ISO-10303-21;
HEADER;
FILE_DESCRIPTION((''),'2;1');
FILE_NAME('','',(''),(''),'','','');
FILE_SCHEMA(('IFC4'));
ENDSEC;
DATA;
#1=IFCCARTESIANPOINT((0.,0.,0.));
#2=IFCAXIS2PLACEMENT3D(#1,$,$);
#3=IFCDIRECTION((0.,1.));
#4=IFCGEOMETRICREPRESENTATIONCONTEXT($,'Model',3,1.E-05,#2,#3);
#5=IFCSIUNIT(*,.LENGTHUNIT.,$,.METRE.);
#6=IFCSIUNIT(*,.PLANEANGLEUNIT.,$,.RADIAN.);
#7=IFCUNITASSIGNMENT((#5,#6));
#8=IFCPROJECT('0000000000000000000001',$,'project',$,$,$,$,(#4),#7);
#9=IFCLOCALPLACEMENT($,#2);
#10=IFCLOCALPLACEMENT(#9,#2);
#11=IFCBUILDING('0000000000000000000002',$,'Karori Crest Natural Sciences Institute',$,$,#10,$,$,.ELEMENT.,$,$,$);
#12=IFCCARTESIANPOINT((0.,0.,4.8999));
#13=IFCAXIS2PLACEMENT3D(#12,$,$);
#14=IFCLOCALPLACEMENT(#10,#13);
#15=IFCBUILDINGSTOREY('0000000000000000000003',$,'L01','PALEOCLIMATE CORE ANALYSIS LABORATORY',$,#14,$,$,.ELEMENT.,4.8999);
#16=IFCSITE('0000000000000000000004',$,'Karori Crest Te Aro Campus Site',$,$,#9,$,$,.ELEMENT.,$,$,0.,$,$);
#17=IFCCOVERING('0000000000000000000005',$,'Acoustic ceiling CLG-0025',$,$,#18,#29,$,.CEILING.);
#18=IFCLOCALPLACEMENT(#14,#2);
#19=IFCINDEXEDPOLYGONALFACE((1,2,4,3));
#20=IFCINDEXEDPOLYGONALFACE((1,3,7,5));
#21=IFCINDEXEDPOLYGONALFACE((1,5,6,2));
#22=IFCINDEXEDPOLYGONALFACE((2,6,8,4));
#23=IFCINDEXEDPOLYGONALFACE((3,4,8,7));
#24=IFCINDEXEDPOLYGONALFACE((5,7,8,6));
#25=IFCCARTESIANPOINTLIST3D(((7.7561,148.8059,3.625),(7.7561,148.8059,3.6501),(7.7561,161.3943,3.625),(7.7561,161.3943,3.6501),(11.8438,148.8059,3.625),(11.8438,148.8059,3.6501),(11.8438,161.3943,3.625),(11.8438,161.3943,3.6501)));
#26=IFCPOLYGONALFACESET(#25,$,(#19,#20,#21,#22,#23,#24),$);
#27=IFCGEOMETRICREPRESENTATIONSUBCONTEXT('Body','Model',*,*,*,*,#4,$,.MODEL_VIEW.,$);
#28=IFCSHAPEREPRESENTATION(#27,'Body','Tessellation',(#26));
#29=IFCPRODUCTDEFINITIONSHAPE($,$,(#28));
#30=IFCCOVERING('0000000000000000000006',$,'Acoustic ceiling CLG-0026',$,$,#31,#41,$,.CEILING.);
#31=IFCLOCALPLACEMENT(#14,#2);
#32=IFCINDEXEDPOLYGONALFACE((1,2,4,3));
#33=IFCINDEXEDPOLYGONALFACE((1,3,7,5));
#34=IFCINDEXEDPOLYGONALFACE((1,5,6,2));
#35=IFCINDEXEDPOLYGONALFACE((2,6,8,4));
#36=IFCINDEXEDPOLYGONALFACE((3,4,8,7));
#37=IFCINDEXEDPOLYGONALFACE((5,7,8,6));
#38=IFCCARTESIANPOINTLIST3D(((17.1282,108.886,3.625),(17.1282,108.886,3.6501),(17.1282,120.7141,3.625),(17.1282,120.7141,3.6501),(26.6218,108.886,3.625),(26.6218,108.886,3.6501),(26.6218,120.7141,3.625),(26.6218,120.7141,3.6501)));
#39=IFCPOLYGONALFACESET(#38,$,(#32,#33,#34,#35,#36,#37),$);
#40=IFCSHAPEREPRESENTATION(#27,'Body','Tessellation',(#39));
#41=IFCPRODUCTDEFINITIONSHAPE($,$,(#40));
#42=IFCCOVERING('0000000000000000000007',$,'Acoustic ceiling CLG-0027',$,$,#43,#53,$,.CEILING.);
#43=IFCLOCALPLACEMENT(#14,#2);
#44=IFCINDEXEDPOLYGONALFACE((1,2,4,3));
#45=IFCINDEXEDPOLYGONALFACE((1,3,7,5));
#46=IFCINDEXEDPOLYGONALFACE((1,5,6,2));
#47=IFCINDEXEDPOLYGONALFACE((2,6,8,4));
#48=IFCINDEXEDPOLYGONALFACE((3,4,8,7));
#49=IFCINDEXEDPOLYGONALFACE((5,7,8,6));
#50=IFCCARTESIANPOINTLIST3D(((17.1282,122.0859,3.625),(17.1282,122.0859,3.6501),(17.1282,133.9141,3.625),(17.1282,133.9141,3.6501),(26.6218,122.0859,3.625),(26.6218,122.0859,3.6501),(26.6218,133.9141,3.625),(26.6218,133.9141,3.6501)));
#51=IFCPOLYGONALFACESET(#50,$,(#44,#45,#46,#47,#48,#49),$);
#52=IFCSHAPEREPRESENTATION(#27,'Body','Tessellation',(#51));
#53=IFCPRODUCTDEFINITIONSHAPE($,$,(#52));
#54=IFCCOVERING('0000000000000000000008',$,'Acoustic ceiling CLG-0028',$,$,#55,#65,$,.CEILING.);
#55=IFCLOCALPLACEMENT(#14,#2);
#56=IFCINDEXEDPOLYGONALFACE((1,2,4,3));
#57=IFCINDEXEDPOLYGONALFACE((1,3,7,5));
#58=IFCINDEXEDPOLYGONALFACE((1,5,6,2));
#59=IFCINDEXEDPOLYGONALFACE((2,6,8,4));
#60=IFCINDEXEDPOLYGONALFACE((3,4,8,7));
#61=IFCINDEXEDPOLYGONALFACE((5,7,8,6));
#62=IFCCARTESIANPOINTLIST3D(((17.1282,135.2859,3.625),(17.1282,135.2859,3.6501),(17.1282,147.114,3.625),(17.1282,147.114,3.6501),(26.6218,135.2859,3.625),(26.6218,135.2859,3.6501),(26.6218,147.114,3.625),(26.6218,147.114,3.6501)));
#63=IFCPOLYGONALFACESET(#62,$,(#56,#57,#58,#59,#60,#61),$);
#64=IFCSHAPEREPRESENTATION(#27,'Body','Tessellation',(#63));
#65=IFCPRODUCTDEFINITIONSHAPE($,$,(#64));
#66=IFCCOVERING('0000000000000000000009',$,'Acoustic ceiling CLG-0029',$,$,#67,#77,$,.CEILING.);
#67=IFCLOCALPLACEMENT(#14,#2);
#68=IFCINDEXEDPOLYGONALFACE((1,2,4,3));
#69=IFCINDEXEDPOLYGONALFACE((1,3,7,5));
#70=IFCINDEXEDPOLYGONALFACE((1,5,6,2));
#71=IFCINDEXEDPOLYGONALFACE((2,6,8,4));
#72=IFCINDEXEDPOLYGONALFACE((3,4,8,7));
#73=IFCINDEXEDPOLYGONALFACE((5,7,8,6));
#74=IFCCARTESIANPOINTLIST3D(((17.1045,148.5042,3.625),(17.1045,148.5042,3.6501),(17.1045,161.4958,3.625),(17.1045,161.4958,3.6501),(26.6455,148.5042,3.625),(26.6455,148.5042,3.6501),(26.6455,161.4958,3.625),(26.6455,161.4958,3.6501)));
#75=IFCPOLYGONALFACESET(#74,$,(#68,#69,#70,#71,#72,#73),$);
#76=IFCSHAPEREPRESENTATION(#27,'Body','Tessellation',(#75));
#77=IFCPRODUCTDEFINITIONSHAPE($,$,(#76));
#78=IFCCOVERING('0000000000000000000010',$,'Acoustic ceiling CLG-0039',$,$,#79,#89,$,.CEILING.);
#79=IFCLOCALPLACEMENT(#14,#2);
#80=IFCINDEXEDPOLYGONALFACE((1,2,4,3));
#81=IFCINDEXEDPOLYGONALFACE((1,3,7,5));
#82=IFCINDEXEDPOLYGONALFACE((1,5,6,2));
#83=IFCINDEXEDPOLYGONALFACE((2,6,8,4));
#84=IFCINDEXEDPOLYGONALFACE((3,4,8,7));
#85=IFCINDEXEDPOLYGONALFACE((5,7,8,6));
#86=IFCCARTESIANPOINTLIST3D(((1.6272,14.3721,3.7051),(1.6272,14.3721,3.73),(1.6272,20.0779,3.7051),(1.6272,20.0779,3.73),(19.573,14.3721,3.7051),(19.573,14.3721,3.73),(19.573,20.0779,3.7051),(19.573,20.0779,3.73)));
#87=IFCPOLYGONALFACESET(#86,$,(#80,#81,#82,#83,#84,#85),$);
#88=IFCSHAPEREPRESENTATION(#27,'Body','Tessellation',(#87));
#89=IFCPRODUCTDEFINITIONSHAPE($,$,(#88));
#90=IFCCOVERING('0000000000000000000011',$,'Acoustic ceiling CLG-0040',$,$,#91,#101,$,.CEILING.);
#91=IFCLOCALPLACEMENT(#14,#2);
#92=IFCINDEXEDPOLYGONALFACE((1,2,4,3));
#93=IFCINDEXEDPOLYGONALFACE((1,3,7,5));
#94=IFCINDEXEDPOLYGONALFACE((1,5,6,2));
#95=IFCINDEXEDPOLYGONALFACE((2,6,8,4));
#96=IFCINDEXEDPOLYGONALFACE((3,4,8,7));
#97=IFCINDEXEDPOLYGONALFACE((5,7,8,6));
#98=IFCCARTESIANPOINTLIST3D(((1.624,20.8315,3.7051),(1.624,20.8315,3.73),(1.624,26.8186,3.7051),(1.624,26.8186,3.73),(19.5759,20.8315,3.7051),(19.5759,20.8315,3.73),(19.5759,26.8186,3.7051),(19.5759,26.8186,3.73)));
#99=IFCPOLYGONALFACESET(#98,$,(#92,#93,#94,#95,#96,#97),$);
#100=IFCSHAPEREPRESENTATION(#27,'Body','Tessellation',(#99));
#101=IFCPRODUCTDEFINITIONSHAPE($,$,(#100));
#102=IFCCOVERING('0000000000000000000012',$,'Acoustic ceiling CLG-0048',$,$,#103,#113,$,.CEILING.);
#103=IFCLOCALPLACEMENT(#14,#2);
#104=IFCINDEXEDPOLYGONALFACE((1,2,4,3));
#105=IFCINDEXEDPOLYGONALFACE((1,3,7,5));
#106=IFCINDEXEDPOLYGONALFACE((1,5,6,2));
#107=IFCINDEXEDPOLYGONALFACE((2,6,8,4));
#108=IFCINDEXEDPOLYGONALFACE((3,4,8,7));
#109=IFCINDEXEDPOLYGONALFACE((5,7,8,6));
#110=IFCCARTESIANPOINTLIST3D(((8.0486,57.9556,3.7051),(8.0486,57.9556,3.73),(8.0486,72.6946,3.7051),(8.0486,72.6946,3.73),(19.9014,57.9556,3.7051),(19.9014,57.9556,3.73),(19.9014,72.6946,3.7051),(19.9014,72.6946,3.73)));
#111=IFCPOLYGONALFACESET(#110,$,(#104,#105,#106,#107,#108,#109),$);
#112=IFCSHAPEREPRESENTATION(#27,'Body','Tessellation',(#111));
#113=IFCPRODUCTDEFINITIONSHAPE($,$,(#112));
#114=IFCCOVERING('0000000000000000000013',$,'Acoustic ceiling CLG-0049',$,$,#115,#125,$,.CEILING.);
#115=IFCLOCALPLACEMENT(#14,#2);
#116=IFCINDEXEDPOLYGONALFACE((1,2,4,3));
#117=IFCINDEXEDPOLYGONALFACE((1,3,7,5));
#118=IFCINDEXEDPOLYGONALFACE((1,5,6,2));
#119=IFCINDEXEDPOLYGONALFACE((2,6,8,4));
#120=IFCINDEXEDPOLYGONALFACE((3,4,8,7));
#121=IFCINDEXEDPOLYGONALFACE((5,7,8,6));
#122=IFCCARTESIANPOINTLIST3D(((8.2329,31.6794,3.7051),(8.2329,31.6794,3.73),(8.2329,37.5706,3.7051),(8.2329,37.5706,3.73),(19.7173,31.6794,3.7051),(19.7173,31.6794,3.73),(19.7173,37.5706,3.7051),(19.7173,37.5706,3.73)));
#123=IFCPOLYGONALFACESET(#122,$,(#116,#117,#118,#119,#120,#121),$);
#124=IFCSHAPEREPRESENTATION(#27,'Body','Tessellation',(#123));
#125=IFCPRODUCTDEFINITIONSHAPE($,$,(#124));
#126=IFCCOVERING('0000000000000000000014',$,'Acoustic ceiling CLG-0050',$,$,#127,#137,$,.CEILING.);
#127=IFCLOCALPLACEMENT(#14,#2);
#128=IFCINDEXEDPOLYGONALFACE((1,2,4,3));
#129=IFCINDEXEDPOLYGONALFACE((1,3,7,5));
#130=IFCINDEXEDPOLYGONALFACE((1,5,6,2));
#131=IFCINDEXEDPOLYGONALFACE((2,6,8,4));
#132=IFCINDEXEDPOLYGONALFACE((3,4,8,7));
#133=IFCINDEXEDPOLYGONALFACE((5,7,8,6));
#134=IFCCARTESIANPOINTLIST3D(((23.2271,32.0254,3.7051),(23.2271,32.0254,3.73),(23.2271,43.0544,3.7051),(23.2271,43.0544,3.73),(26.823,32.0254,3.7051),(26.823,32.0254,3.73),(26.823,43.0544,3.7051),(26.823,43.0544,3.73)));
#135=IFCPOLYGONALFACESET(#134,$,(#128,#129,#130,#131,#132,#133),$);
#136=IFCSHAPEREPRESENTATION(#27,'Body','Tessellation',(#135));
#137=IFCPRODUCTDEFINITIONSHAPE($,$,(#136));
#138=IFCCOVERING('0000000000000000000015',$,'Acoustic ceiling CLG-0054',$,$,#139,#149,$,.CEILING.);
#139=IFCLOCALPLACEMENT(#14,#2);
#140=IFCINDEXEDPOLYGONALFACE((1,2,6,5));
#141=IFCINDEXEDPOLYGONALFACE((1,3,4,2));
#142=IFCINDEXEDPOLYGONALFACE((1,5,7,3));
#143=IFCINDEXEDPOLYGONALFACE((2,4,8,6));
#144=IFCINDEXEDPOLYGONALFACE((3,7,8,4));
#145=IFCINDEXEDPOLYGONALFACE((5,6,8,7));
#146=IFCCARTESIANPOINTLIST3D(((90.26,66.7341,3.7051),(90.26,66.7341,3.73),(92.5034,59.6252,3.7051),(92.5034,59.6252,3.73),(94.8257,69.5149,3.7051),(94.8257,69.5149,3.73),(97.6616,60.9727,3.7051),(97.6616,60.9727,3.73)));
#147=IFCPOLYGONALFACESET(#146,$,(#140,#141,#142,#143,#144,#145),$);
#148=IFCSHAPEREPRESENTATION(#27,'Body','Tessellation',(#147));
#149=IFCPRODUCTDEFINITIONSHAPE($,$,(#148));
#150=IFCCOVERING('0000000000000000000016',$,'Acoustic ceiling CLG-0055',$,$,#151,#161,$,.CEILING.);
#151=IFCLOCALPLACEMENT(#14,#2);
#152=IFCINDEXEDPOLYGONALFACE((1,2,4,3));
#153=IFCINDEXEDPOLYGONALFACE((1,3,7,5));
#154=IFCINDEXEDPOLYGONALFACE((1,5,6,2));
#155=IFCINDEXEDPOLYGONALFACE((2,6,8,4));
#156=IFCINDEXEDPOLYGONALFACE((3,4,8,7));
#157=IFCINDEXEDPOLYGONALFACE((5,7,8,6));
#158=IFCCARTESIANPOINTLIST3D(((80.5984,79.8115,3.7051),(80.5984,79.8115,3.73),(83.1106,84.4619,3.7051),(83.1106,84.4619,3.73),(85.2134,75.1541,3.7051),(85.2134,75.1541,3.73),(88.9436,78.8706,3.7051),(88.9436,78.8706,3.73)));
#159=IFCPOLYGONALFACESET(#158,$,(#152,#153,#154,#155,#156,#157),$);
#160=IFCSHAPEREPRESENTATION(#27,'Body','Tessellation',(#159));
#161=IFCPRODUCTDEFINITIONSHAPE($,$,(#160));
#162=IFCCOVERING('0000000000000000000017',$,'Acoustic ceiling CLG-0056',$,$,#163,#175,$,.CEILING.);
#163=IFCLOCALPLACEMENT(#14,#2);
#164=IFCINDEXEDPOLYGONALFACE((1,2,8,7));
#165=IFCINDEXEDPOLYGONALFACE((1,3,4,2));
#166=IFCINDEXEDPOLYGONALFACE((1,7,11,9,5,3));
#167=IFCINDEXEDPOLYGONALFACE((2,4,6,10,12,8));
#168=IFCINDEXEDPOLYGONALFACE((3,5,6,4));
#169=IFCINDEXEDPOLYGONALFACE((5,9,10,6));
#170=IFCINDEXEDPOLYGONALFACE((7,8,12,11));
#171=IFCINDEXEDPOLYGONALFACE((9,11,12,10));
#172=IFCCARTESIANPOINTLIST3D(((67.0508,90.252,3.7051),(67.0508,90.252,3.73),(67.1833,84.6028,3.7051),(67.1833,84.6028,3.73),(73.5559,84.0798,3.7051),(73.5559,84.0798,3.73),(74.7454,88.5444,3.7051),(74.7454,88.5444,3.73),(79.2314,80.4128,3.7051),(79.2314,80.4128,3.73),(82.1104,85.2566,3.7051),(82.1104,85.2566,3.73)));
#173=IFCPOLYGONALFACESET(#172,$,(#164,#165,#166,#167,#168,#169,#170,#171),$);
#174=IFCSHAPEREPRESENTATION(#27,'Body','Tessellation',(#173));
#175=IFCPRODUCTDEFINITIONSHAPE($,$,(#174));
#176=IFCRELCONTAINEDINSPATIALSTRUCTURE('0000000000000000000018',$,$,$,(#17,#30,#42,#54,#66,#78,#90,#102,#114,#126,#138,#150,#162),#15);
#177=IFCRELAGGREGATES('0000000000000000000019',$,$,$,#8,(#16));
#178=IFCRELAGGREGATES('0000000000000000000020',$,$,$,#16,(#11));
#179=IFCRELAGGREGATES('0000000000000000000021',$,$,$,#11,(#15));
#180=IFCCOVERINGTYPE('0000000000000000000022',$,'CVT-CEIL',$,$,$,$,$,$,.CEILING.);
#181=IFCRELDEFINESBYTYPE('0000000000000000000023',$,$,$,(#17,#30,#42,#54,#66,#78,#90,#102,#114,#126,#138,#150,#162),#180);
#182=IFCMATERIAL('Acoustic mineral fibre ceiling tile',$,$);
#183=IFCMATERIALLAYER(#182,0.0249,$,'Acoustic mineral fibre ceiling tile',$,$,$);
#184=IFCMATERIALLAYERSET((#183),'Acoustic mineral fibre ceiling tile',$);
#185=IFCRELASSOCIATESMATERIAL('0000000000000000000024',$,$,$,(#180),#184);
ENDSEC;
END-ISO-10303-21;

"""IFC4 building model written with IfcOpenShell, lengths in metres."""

from ifc_helpers import new_model, si_unit, direction, frame, origin, place, context, subcontext, project, spatial, polyline, outline, extrude, material, layer, layer_set, type_object, element, save


model = new_model("IFC4")

# Units and contexts
model_context = context("Model", 3, precision=1e-05, world=origin(), true_north=direction((0.0, 1.0)))
body_context = subcontext(model_context, "Body", "Model", "MODEL_VIEW")
ifc_project = project(units=[si_unit("LENGTHUNIT", "METRE"), si_unit("PLANEANGLEUNIT", "RADIAN")], contexts=[model_context])

# Site, building, storey
site_placement = place(None, origin())
site = spatial("IfcSite", under=ifc_project, at=site_placement, Name="Karori Crest Te Aro Campus Site", CompositionType="ELEMENT", RefElevation=0.0)
building_placement = place(site_placement, origin())
building = spatial("IfcBuilding", under=site, at=building_placement, Name="Karori Crest Natural Sciences Institute", CompositionType="ELEMENT")
storey_placement = place(building_placement, frame((0.0, 0.0, 4.8999)))
storey = spatial("IfcBuildingStorey", under=building, at=storey_placement, Name="L01", Description="PALEOCLIMATE CORE ANALYSIS LABORATORY", CompositionType="ELEMENT", Elevation=4.8999)

# Coverings
ifc_material_1 = material(Name="Acoustic mineral fibre ceiling tile")
ifc_layer_1 = layer(ifc_material_1, 0.0249, Name="Acoustic mineral fibre ceiling tile")
ifc_layer_set_1 = layer_set([ifc_layer_1], Name="Acoustic mineral fibre ceiling tile")
covering_type = type_object("IfcCoveringType", Name="CVT-CEIL", PredefinedType="CEILING", material=ifc_layer_set_1)
covering_1_placement = place(storey_placement, frame((0.0, 0.0, 3.625)))
element("IfcCovering", 1, at=covering_1_placement, inside=storey, type_object=covering_type, Name="Acoustic ceiling CLG-0025", PredefinedType="CEILING", context=body_context, shape_type="SweptSolid", body=[
    extrude(outline(polyline([(7.7561, 161.3943), (7.7561, 148.8059), (11.8438, 148.8059), (11.8438, 161.3943), (7.7561, 161.3943)])), origin(), (0.0, 0.0, 1.0), 0.0251),
])
covering_2_placement = place(storey_placement, frame((0.0, 0.0, 3.625)))
element("IfcCovering", 2, at=covering_2_placement, inside=storey, type_object=covering_type, Name="Acoustic ceiling CLG-0026", PredefinedType="CEILING", context=body_context, shape_type="SweptSolid", body=[
    extrude(outline(polyline([(17.1282, 120.7141), (17.1282, 108.886), (26.6218, 108.886), (26.6218, 120.7141), (17.1282, 120.7141)])), origin(), (0.0, 0.0, 1.0), 0.0251),
])
covering_3_placement = place(storey_placement, frame((0.0, 0.0, 3.625)))
element("IfcCovering", 3, at=covering_3_placement, inside=storey, type_object=covering_type, Name="Acoustic ceiling CLG-0027", PredefinedType="CEILING", context=body_context, shape_type="SweptSolid", body=[
    extrude(outline(polyline([(17.1282, 133.9141), (17.1282, 122.0859), (26.6218, 122.0859), (26.6218, 133.9141), (17.1282, 133.9141)])), origin(), (0.0, 0.0, 1.0), 0.0251),
])
covering_4_placement = place(storey_placement, frame((0.0, 0.0, 3.625)))
element("IfcCovering", 4, at=covering_4_placement, inside=storey, type_object=covering_type, Name="Acoustic ceiling CLG-0028", PredefinedType="CEILING", context=body_context, shape_type="SweptSolid", body=[
    extrude(outline(polyline([(17.1282, 147.114), (17.1282, 135.2859), (26.6218, 135.2859), (26.6218, 147.114), (17.1282, 147.114)])), origin(), (0.0, 0.0, 1.0), 0.0251),
])
covering_5_placement = place(storey_placement, frame((0.0, 0.0, 3.625)))
element("IfcCovering", 5, at=covering_5_placement, inside=storey, type_object=covering_type, Name="Acoustic ceiling CLG-0029", PredefinedType="CEILING", context=body_context, shape_type="SweptSolid", body=[
    extrude(outline(polyline([(17.1045, 161.4958), (17.1045, 148.5042), (26.6455, 148.5042), (26.6455, 161.4958), (17.1045, 161.4958)])), origin(), (0.0, 0.0, 1.0), 0.0251),
])
covering_6_placement = place(storey_placement, frame((0.0, 0.0, 3.7051)))
element("IfcCovering", 6, at=covering_6_placement, inside=storey, type_object=covering_type, Name="Acoustic ceiling CLG-0039", PredefinedType="CEILING", context=body_context, shape_type="SweptSolid", body=[
    extrude(outline(polyline([(1.6272, 20.0779), (1.6272, 14.3721), (19.573, 14.3721), (19.573, 20.0779), (1.6272, 20.0779)])), origin(), (0.0, 0.0, 1.0), 0.0249),
])
covering_7_placement = place(storey_placement, frame((0.0, 0.0, 3.7051)))
element("IfcCovering", 7, at=covering_7_placement, inside=storey, type_object=covering_type, Name="Acoustic ceiling CLG-0040", PredefinedType="CEILING", context=body_context, shape_type="SweptSolid", body=[
    extrude(outline(polyline([(1.624, 26.8186), (1.624, 20.8315), (19.5759, 20.8315), (19.5759, 26.8186), (1.624, 26.8186)])), origin(), (0.0, 0.0, 1.0), 0.0249),
])
covering_8_placement = place(storey_placement, frame((0.0, 0.0, 3.7051)))
element("IfcCovering", 8, at=covering_8_placement, inside=storey, type_object=covering_type, Name="Acoustic ceiling CLG-0048", PredefinedType="CEILING", context=body_context, shape_type="SweptSolid", body=[
    extrude(outline(polyline([(8.0486, 72.6946), (8.0486, 57.9556), (19.9014, 57.9556), (19.9014, 72.6946), (8.0486, 72.6946)])), origin(), (0.0, 0.0, 1.0), 0.0249),
])
covering_9_placement = place(storey_placement, frame((0.0, 0.0, 3.7051)))
element("IfcCovering", 9, at=covering_9_placement, inside=storey, type_object=covering_type, Name="Acoustic ceiling CLG-0049", PredefinedType="CEILING", context=body_context, shape_type="SweptSolid", body=[
    extrude(outline(polyline([(8.2329, 37.5706), (8.2329, 31.6794), (19.7173, 31.6794), (19.7173, 37.5706), (8.2329, 37.5706)])), origin(), (0.0, 0.0, 1.0), 0.0249),
])
covering_10_placement = place(storey_placement, frame((0.0, 0.0, 3.7051)))
element("IfcCovering", 10, at=covering_10_placement, inside=storey, type_object=covering_type, Name="Acoustic ceiling CLG-0050", PredefinedType="CEILING", context=body_context, shape_type="SweptSolid", body=[
    extrude(outline(polyline([(23.2271, 43.0544), (23.2271, 32.0254), (26.823, 32.0254), (26.823, 43.0544), (23.2271, 43.0544)])), origin(), (0.0, 0.0, 1.0), 0.0249),
])
covering_11_placement = place(storey_placement, frame((0.0, 0.0, 3.7051)))
element("IfcCovering", 11, at=covering_11_placement, inside=storey, type_object=covering_type, Name="Acoustic ceiling CLG-0054", PredefinedType="CEILING", context=body_context, shape_type="SweptSolid", body=[
    extrude(outline(polyline([(90.26, 66.7341), (92.5034, 59.6252), (97.6616, 60.9727), (94.8257, 69.5149), (90.26, 66.7341)])), origin(), (0.0, 0.0, 1.0), 0.0249),
])
covering_12_placement = place(storey_placement, frame((0.0, 0.0, 3.7051)))
element("IfcCovering", 12, at=covering_12_placement, inside=storey, type_object=covering_type, Name="Acoustic ceiling CLG-0055", PredefinedType="CEILING", context=body_context, shape_type="SweptSolid", body=[
    extrude(outline(polyline([(80.5984, 79.8115), (85.2134, 75.1541), (88.9436, 78.8706), (83.1106, 84.4619), (80.5984, 79.8115)])), origin(), (0.0, 0.0, 1.0), 0.0249),
])
covering_13_placement = place(storey_placement, frame((0.0, 0.0, 3.7051)))
element("IfcCovering", 13, at=covering_13_placement, inside=storey, type_object=covering_type, Name="Acoustic ceiling CLG-0056", PredefinedType="CEILING", context=body_context, shape_type="SweptSolid", body=[
    extrude(outline(polyline([(73.5559, 84.0798), (79.2314, 80.4128), (82.1104, 85.2566), (74.7454, 88.5444), (67.0508, 90.252), (67.1833, 84.6028), (73.5559, 84.0798)])), origin(), (0.0, 0.0, 1.0), 0.0249),
])

save(model, "model.ifc")
